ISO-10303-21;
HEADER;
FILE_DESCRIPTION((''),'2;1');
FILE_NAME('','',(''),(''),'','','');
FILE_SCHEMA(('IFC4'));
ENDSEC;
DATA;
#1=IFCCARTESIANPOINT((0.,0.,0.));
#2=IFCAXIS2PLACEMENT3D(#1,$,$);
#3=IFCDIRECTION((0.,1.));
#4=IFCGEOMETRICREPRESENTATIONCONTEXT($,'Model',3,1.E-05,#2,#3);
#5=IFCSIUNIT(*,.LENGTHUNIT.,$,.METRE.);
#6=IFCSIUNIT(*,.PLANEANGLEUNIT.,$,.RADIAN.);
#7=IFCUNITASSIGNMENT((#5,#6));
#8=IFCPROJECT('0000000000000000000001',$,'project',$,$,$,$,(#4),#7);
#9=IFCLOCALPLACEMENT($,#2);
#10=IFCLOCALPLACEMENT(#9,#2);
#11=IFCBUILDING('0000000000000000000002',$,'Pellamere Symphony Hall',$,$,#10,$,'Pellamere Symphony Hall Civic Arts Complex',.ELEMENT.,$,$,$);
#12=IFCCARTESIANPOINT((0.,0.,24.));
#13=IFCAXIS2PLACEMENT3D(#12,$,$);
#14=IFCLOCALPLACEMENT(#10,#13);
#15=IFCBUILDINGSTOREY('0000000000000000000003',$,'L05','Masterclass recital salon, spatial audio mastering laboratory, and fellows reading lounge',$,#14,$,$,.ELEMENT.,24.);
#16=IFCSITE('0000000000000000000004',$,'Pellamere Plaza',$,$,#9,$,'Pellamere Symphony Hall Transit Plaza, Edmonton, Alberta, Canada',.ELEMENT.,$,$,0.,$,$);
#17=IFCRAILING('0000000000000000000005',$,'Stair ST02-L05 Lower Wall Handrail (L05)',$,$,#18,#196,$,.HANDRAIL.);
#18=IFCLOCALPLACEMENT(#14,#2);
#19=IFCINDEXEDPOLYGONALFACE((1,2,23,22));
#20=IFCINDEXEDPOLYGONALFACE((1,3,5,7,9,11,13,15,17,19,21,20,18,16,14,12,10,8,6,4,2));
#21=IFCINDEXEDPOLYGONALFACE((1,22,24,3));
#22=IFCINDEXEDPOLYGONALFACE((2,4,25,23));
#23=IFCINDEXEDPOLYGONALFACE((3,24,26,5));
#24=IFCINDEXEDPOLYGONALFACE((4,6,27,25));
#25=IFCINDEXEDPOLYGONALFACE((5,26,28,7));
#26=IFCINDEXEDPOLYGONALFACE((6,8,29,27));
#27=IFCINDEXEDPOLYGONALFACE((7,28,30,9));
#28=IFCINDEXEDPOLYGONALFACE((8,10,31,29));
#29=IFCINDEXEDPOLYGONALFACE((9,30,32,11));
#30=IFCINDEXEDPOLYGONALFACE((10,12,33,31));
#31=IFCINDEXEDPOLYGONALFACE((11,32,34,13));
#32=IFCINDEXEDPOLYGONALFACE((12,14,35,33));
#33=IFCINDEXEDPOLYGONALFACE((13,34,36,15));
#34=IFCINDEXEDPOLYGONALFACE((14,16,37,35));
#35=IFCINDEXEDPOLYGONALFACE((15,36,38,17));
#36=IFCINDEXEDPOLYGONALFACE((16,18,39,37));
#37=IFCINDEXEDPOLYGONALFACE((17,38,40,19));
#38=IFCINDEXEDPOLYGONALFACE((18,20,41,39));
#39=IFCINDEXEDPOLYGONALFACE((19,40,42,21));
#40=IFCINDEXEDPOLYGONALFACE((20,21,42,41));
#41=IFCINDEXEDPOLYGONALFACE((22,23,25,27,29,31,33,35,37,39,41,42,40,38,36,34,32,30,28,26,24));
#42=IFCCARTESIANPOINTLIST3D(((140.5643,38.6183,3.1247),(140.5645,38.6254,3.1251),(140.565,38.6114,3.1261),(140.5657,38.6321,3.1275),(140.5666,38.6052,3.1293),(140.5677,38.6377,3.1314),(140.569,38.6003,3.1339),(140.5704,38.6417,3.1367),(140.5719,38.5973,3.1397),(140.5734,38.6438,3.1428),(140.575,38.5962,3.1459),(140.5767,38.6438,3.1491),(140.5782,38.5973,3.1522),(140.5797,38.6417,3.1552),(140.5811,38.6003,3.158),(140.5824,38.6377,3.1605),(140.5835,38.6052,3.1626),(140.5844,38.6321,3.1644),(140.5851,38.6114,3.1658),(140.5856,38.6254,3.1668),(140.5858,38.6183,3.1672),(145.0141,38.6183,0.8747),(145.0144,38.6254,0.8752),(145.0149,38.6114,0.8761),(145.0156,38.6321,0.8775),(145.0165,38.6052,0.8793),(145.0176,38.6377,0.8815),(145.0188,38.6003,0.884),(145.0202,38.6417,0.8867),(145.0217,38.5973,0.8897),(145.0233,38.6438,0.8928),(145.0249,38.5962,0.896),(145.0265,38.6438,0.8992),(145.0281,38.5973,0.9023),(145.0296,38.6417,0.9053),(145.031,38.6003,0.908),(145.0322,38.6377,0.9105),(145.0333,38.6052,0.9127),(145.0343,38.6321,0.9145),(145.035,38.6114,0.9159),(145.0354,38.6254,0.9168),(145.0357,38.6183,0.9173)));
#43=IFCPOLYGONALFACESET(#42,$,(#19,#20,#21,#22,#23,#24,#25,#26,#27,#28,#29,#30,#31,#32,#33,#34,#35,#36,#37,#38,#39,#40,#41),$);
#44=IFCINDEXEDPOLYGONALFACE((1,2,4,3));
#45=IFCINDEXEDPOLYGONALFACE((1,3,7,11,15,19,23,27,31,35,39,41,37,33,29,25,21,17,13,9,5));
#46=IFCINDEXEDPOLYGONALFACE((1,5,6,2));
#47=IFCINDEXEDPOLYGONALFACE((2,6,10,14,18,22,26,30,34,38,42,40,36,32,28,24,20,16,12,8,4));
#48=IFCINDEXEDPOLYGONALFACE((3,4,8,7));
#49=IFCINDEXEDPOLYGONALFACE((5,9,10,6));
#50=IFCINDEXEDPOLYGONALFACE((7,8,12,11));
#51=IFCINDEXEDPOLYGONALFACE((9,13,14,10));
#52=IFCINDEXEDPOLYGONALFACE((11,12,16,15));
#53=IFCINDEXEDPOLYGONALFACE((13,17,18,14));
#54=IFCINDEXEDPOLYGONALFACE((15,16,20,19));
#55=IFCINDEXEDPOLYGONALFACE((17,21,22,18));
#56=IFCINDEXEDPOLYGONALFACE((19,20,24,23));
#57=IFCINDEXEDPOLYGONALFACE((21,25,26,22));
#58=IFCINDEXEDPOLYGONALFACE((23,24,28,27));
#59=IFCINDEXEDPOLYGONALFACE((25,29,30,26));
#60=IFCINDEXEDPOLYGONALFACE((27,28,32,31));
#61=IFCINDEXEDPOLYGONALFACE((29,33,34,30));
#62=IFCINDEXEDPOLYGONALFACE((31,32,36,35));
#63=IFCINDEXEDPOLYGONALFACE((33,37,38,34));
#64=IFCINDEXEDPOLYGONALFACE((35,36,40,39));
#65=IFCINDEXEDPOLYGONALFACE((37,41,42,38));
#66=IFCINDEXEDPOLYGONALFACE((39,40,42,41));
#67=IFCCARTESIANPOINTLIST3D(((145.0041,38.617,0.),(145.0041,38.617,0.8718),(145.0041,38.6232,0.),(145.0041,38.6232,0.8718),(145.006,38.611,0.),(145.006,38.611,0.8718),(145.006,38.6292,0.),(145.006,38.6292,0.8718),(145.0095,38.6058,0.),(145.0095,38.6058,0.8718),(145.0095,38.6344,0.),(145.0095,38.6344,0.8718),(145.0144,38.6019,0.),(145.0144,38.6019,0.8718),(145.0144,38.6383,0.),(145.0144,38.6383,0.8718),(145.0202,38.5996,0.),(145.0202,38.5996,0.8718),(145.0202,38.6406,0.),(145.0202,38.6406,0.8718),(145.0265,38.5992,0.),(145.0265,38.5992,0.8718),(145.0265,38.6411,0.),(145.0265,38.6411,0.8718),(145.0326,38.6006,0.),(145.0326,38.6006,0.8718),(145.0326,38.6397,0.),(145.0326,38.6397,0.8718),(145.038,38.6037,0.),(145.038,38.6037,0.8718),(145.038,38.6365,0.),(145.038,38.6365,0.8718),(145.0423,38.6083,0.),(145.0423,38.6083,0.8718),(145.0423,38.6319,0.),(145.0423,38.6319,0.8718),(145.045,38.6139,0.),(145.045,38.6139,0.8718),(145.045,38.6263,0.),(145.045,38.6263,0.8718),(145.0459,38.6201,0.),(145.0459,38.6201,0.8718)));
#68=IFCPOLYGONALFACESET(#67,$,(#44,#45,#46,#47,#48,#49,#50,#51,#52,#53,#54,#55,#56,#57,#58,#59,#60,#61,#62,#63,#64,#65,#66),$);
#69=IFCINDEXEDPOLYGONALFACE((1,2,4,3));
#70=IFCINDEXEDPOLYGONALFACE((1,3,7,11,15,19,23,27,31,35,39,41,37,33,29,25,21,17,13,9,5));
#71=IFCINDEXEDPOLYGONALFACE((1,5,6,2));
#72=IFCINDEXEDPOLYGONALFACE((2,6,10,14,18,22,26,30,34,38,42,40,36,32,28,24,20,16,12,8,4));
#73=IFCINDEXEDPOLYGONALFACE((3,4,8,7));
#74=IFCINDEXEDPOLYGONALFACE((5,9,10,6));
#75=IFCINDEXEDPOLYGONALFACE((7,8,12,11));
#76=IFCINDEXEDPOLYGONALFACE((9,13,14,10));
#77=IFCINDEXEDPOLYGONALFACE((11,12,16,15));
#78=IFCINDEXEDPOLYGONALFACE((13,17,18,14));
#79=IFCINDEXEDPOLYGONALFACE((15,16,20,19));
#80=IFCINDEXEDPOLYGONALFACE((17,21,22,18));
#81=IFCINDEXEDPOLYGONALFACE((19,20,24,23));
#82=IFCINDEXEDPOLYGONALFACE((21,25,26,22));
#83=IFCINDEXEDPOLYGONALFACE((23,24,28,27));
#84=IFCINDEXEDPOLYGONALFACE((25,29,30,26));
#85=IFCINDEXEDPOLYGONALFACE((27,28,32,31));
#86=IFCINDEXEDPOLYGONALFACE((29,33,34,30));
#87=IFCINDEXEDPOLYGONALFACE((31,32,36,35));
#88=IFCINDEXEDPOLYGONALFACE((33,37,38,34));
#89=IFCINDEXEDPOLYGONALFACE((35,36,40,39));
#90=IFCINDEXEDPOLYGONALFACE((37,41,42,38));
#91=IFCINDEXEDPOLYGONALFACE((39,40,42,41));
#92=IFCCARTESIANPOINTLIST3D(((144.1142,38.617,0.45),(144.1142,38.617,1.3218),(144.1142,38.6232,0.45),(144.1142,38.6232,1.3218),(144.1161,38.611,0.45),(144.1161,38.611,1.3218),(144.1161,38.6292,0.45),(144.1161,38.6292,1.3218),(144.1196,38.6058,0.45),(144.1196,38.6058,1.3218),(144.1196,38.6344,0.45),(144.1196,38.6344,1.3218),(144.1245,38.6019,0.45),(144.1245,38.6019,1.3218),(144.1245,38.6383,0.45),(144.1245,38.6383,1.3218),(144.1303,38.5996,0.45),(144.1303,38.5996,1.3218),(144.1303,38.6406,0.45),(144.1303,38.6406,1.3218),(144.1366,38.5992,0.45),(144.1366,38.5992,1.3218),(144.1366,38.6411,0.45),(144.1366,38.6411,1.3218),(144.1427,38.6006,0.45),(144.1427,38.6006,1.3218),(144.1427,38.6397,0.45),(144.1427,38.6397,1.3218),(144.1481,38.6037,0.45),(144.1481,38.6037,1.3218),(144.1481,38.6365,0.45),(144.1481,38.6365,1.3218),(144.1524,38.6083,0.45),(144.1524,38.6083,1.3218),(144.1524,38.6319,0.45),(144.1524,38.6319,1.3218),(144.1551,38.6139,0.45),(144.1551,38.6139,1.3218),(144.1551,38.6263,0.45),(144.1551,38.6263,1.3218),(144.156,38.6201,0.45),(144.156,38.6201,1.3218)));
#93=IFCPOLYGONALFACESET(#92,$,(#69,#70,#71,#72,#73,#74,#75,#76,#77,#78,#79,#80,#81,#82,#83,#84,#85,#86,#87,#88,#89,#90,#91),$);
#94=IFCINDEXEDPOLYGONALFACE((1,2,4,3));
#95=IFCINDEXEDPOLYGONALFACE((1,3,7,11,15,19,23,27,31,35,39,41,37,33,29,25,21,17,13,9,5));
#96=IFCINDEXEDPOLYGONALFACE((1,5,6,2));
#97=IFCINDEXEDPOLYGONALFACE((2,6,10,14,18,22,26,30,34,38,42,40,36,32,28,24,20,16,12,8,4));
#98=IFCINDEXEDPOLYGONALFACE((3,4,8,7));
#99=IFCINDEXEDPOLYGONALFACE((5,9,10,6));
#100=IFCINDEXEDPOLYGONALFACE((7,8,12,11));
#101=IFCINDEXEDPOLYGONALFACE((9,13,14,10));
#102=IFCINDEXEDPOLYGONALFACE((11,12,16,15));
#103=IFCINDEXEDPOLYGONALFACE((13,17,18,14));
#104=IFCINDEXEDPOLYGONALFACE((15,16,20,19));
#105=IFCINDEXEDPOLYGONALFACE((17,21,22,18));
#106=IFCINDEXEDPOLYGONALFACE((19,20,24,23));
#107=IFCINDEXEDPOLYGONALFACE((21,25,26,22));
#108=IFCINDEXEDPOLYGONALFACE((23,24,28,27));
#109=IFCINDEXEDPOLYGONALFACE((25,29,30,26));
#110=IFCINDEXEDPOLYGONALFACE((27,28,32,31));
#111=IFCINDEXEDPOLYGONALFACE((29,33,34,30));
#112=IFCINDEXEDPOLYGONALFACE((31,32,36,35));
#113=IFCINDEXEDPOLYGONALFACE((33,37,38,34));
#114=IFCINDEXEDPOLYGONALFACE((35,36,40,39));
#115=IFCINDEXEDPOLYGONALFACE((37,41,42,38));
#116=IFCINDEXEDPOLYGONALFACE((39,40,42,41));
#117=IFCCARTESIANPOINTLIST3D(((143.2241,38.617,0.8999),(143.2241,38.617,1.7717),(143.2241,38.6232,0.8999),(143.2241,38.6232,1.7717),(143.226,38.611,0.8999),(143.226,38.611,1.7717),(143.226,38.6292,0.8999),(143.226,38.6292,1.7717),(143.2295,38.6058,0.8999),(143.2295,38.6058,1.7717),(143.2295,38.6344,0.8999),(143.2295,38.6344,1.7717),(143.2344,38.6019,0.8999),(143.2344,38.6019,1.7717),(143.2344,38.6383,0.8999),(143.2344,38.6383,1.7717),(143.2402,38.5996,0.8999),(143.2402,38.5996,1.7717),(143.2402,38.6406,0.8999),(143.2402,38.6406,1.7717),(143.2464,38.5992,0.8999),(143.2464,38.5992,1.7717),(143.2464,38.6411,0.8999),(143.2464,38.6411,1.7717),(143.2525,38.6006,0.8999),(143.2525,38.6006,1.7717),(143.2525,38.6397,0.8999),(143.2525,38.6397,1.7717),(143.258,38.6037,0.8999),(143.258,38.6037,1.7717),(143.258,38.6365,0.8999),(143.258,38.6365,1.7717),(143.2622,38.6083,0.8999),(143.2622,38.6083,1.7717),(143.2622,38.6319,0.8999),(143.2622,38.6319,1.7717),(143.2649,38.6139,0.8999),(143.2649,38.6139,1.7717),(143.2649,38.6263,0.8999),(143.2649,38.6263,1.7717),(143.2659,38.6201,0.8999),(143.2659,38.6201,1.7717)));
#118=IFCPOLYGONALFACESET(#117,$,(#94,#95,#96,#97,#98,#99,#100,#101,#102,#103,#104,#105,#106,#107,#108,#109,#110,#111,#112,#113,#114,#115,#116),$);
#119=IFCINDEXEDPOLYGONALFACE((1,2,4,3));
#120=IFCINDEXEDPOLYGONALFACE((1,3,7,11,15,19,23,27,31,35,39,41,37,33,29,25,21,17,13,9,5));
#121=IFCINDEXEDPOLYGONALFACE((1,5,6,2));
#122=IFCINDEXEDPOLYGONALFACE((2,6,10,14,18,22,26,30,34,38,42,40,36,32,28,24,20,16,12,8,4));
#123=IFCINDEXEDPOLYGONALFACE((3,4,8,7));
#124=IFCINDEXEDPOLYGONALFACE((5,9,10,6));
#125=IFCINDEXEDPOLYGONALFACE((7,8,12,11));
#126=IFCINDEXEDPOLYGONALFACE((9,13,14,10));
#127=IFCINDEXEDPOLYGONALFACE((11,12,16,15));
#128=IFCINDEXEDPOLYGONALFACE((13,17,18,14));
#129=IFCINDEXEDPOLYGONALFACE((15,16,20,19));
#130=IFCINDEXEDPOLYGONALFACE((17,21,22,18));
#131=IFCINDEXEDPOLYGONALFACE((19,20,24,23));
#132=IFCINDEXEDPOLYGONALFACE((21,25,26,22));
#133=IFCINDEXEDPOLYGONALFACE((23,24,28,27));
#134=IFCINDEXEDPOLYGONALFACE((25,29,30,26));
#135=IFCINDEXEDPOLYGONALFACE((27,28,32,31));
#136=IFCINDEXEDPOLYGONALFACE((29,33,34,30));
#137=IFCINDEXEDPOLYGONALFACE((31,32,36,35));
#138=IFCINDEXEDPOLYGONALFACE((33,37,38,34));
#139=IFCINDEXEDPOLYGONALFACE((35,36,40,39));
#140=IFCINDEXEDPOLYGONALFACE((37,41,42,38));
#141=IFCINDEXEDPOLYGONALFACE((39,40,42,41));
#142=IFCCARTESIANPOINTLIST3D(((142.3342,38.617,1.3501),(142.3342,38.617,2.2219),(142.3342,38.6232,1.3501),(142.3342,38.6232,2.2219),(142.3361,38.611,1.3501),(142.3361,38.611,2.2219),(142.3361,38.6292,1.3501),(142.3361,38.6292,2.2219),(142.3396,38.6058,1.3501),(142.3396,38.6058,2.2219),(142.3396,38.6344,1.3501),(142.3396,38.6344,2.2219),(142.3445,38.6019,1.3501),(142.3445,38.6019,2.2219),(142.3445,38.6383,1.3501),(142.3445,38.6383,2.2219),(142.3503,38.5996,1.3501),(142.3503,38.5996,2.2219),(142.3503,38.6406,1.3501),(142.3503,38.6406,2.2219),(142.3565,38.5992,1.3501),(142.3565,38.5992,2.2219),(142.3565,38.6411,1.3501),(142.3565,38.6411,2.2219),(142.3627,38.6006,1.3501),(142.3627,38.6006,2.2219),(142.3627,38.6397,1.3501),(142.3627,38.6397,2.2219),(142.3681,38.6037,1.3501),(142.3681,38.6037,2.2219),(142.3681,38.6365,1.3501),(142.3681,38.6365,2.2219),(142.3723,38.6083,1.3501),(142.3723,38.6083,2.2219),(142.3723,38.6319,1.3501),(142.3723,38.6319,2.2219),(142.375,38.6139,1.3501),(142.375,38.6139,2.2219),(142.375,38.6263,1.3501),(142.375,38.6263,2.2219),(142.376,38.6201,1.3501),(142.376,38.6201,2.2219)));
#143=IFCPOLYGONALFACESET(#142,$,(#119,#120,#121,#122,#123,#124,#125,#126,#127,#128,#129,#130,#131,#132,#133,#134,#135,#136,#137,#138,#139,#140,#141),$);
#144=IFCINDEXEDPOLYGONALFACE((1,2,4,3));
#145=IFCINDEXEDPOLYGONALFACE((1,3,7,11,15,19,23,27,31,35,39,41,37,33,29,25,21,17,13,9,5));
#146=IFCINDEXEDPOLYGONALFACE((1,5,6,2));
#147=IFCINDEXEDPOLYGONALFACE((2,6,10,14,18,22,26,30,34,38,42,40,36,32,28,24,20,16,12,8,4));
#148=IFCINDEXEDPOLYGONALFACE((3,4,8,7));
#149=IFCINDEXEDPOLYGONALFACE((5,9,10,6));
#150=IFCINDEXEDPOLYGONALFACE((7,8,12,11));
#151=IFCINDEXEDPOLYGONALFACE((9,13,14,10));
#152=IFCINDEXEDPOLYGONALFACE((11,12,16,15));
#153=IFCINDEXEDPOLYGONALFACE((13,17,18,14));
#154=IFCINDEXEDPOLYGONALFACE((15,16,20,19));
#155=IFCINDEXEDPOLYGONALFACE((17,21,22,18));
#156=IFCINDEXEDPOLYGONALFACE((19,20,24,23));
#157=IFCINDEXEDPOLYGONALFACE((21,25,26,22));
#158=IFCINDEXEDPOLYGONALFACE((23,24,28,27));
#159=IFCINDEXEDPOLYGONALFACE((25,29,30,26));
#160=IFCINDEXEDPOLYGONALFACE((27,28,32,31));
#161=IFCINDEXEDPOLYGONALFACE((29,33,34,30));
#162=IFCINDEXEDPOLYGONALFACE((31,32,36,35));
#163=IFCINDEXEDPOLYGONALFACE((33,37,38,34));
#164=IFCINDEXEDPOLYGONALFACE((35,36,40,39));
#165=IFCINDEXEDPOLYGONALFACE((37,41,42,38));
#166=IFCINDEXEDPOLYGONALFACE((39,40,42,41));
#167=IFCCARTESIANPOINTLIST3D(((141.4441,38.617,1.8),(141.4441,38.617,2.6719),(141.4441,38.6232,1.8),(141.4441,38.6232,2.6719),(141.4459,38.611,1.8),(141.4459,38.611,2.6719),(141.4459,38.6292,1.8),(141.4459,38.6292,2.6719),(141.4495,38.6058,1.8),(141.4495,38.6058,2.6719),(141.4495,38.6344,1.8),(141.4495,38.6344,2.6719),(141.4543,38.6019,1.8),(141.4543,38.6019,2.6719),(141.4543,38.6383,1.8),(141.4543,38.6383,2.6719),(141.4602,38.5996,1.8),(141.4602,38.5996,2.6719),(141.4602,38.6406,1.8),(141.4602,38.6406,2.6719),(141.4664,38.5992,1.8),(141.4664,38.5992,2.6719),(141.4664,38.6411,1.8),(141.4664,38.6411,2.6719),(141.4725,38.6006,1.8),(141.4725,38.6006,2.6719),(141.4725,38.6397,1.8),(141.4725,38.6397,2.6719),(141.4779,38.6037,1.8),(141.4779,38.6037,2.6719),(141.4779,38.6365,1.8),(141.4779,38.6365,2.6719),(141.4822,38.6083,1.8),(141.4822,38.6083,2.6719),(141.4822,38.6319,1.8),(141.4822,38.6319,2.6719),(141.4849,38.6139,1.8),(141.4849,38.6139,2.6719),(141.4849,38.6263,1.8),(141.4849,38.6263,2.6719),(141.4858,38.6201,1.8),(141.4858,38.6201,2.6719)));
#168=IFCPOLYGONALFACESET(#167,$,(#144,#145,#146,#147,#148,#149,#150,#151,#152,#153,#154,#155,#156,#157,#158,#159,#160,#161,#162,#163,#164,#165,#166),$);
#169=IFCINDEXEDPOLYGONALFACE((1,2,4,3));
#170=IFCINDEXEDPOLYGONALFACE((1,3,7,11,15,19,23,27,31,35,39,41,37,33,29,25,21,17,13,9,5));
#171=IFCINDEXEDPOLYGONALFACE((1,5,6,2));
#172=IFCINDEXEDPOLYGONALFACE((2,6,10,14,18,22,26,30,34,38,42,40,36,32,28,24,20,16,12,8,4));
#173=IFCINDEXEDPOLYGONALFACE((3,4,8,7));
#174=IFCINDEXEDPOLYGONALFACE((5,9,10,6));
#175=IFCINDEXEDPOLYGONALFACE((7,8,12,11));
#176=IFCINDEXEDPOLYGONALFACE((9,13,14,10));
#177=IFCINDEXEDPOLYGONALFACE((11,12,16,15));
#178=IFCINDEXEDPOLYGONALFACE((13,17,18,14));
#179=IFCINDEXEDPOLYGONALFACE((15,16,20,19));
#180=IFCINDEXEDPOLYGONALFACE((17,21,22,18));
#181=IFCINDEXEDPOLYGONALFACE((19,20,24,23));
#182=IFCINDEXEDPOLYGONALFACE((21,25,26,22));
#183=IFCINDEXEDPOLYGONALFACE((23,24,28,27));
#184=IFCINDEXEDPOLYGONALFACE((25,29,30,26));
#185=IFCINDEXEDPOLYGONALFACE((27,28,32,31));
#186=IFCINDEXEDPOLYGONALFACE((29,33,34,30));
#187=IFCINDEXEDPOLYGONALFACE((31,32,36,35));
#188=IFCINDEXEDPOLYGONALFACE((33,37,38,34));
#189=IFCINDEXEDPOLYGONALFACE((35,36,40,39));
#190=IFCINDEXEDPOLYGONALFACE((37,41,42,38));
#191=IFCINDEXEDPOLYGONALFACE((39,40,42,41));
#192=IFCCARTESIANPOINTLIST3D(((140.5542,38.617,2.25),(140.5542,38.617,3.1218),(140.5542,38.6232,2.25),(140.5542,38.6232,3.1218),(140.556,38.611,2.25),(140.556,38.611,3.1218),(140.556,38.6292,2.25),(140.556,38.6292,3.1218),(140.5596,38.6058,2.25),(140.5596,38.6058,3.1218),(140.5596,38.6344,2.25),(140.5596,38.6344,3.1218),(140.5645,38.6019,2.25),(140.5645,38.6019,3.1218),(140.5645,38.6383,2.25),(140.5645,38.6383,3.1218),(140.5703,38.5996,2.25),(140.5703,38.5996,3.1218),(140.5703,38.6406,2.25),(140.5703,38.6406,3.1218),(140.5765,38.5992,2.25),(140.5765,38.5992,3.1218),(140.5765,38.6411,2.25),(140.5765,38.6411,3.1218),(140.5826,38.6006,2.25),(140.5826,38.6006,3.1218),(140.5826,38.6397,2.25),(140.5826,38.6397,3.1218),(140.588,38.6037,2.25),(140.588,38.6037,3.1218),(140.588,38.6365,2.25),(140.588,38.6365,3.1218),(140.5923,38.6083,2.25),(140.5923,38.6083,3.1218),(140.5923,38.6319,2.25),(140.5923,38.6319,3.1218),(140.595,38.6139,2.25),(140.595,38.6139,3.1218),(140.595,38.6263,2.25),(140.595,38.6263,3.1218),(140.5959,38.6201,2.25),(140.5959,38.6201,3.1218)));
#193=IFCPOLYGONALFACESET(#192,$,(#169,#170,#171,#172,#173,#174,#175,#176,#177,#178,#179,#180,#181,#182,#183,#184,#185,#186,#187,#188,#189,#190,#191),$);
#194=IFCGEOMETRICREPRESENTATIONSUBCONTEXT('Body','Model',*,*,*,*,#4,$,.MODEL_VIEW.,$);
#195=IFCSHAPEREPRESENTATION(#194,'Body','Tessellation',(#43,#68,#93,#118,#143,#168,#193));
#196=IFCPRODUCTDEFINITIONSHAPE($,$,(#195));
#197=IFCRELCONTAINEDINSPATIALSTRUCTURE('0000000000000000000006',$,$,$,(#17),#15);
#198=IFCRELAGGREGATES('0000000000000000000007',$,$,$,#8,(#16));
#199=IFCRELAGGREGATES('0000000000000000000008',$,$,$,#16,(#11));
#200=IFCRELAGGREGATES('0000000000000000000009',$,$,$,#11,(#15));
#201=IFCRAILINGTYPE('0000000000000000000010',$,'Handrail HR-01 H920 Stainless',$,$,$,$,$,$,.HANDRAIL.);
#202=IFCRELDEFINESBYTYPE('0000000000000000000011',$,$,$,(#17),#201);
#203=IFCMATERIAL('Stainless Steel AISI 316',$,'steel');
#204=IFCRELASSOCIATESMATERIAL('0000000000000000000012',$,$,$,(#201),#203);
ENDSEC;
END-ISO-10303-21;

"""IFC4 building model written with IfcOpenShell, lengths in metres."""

from ifc_helpers import new_model, si_unit, direction, frame, origin, origin_2d, place, context, subcontext, project, spatial, circle, extrude, material, type_object, element, save


model = new_model("IFC4")

# Units and contexts
model_context = context("Model", 3, precision=1e-05, world=origin(), true_north=direction((0.0, 1.0)))
body_context = subcontext(model_context, "Body", "Model", "MODEL_VIEW")
ifc_project = project(units=[si_unit("LENGTHUNIT", "METRE"), si_unit("PLANEANGLEUNIT", "RADIAN")], contexts=[model_context])

# Site, building, storey
site_placement = place(None, origin())
site = spatial("IfcSite", under=ifc_project, at=site_placement, Name="Pellamere Plaza", LongName="Pellamere Symphony Hall Transit Plaza, Edmonton, Alberta, Canada", CompositionType="ELEMENT", RefElevation=0.0)
building_placement = place(site_placement, origin())
building = spatial("IfcBuilding", under=site, at=building_placement, Name="Pellamere Symphony Hall", LongName="Pellamere Symphony Hall Civic Arts Complex", CompositionType="ELEMENT")
storey_placement = place(building_placement, frame((0.0, 0.0, 24.0)))
storey = spatial("IfcBuildingStorey", under=building, at=storey_placement, Name="L05", Description="Masterclass recital salon, spatial audio mastering laboratory, and fellows reading lounge", CompositionType="ELEMENT", Elevation=24.0)

# Railing
ifc_material_1 = material(Name="Stainless Steel AISI 316", Category="steel")
railing_type_1 = type_object("IfcRailingType", Name="Handrail HR-01 H920 Stainless", PredefinedType="HANDRAIL", material=ifc_material_1)
railing_1_placement = place(storey_placement, frame((145.0249, 38.6201, 0.0)))
element("IfcRailing", 1, at=railing_1_placement, inside=storey, type_object=railing_type_1, Name="Stair ST02-L05 Lower Wall Handrail (L05)", PredefinedType="HANDRAIL", context=body_context, shape_type="SweptSolid", body=[
    extrude(circle(Radius=0.0239, at=origin_2d()), frame((0.0, 0.0, 0.896), z_axis=(-0.892411, 0.0, 0.451224), x_axis=(0.0, -1.0, 0.0)), (0.0, 0.0, 1.0), 4.9863),
    extrude(circle(Radius=0.021, at=origin_2d()), origin(), (0.0, 0.0, 1.0), 0.8718),
    extrude(circle(Radius=0.021, at=origin_2d()), frame((-0.8899, 0.0, 0.45)), (0.0, 0.0, 1.0), 0.8718),
    extrude(circle(Radius=0.021, at=origin_2d()), frame((-1.78, 0.0, 0.8999)), (0.0, 0.0, 1.0), 0.8718),
    extrude(circle(Radius=0.021, at=origin_2d()), frame((-2.6699, 0.0, 1.3501)), (0.0, 0.0, 1.0), 0.8718),
    extrude(circle(Radius=0.021, at=origin_2d()), frame((-3.5601, 0.0, 1.8)), (0.0, 0.0, 1.0), 0.8718),
    extrude(circle(Radius=0.021, at=origin_2d()), frame((-4.45, 0.0, 2.25)), (0.0, 0.0, 1.0), 0.8718),
])

save(model, "model.ifc")
